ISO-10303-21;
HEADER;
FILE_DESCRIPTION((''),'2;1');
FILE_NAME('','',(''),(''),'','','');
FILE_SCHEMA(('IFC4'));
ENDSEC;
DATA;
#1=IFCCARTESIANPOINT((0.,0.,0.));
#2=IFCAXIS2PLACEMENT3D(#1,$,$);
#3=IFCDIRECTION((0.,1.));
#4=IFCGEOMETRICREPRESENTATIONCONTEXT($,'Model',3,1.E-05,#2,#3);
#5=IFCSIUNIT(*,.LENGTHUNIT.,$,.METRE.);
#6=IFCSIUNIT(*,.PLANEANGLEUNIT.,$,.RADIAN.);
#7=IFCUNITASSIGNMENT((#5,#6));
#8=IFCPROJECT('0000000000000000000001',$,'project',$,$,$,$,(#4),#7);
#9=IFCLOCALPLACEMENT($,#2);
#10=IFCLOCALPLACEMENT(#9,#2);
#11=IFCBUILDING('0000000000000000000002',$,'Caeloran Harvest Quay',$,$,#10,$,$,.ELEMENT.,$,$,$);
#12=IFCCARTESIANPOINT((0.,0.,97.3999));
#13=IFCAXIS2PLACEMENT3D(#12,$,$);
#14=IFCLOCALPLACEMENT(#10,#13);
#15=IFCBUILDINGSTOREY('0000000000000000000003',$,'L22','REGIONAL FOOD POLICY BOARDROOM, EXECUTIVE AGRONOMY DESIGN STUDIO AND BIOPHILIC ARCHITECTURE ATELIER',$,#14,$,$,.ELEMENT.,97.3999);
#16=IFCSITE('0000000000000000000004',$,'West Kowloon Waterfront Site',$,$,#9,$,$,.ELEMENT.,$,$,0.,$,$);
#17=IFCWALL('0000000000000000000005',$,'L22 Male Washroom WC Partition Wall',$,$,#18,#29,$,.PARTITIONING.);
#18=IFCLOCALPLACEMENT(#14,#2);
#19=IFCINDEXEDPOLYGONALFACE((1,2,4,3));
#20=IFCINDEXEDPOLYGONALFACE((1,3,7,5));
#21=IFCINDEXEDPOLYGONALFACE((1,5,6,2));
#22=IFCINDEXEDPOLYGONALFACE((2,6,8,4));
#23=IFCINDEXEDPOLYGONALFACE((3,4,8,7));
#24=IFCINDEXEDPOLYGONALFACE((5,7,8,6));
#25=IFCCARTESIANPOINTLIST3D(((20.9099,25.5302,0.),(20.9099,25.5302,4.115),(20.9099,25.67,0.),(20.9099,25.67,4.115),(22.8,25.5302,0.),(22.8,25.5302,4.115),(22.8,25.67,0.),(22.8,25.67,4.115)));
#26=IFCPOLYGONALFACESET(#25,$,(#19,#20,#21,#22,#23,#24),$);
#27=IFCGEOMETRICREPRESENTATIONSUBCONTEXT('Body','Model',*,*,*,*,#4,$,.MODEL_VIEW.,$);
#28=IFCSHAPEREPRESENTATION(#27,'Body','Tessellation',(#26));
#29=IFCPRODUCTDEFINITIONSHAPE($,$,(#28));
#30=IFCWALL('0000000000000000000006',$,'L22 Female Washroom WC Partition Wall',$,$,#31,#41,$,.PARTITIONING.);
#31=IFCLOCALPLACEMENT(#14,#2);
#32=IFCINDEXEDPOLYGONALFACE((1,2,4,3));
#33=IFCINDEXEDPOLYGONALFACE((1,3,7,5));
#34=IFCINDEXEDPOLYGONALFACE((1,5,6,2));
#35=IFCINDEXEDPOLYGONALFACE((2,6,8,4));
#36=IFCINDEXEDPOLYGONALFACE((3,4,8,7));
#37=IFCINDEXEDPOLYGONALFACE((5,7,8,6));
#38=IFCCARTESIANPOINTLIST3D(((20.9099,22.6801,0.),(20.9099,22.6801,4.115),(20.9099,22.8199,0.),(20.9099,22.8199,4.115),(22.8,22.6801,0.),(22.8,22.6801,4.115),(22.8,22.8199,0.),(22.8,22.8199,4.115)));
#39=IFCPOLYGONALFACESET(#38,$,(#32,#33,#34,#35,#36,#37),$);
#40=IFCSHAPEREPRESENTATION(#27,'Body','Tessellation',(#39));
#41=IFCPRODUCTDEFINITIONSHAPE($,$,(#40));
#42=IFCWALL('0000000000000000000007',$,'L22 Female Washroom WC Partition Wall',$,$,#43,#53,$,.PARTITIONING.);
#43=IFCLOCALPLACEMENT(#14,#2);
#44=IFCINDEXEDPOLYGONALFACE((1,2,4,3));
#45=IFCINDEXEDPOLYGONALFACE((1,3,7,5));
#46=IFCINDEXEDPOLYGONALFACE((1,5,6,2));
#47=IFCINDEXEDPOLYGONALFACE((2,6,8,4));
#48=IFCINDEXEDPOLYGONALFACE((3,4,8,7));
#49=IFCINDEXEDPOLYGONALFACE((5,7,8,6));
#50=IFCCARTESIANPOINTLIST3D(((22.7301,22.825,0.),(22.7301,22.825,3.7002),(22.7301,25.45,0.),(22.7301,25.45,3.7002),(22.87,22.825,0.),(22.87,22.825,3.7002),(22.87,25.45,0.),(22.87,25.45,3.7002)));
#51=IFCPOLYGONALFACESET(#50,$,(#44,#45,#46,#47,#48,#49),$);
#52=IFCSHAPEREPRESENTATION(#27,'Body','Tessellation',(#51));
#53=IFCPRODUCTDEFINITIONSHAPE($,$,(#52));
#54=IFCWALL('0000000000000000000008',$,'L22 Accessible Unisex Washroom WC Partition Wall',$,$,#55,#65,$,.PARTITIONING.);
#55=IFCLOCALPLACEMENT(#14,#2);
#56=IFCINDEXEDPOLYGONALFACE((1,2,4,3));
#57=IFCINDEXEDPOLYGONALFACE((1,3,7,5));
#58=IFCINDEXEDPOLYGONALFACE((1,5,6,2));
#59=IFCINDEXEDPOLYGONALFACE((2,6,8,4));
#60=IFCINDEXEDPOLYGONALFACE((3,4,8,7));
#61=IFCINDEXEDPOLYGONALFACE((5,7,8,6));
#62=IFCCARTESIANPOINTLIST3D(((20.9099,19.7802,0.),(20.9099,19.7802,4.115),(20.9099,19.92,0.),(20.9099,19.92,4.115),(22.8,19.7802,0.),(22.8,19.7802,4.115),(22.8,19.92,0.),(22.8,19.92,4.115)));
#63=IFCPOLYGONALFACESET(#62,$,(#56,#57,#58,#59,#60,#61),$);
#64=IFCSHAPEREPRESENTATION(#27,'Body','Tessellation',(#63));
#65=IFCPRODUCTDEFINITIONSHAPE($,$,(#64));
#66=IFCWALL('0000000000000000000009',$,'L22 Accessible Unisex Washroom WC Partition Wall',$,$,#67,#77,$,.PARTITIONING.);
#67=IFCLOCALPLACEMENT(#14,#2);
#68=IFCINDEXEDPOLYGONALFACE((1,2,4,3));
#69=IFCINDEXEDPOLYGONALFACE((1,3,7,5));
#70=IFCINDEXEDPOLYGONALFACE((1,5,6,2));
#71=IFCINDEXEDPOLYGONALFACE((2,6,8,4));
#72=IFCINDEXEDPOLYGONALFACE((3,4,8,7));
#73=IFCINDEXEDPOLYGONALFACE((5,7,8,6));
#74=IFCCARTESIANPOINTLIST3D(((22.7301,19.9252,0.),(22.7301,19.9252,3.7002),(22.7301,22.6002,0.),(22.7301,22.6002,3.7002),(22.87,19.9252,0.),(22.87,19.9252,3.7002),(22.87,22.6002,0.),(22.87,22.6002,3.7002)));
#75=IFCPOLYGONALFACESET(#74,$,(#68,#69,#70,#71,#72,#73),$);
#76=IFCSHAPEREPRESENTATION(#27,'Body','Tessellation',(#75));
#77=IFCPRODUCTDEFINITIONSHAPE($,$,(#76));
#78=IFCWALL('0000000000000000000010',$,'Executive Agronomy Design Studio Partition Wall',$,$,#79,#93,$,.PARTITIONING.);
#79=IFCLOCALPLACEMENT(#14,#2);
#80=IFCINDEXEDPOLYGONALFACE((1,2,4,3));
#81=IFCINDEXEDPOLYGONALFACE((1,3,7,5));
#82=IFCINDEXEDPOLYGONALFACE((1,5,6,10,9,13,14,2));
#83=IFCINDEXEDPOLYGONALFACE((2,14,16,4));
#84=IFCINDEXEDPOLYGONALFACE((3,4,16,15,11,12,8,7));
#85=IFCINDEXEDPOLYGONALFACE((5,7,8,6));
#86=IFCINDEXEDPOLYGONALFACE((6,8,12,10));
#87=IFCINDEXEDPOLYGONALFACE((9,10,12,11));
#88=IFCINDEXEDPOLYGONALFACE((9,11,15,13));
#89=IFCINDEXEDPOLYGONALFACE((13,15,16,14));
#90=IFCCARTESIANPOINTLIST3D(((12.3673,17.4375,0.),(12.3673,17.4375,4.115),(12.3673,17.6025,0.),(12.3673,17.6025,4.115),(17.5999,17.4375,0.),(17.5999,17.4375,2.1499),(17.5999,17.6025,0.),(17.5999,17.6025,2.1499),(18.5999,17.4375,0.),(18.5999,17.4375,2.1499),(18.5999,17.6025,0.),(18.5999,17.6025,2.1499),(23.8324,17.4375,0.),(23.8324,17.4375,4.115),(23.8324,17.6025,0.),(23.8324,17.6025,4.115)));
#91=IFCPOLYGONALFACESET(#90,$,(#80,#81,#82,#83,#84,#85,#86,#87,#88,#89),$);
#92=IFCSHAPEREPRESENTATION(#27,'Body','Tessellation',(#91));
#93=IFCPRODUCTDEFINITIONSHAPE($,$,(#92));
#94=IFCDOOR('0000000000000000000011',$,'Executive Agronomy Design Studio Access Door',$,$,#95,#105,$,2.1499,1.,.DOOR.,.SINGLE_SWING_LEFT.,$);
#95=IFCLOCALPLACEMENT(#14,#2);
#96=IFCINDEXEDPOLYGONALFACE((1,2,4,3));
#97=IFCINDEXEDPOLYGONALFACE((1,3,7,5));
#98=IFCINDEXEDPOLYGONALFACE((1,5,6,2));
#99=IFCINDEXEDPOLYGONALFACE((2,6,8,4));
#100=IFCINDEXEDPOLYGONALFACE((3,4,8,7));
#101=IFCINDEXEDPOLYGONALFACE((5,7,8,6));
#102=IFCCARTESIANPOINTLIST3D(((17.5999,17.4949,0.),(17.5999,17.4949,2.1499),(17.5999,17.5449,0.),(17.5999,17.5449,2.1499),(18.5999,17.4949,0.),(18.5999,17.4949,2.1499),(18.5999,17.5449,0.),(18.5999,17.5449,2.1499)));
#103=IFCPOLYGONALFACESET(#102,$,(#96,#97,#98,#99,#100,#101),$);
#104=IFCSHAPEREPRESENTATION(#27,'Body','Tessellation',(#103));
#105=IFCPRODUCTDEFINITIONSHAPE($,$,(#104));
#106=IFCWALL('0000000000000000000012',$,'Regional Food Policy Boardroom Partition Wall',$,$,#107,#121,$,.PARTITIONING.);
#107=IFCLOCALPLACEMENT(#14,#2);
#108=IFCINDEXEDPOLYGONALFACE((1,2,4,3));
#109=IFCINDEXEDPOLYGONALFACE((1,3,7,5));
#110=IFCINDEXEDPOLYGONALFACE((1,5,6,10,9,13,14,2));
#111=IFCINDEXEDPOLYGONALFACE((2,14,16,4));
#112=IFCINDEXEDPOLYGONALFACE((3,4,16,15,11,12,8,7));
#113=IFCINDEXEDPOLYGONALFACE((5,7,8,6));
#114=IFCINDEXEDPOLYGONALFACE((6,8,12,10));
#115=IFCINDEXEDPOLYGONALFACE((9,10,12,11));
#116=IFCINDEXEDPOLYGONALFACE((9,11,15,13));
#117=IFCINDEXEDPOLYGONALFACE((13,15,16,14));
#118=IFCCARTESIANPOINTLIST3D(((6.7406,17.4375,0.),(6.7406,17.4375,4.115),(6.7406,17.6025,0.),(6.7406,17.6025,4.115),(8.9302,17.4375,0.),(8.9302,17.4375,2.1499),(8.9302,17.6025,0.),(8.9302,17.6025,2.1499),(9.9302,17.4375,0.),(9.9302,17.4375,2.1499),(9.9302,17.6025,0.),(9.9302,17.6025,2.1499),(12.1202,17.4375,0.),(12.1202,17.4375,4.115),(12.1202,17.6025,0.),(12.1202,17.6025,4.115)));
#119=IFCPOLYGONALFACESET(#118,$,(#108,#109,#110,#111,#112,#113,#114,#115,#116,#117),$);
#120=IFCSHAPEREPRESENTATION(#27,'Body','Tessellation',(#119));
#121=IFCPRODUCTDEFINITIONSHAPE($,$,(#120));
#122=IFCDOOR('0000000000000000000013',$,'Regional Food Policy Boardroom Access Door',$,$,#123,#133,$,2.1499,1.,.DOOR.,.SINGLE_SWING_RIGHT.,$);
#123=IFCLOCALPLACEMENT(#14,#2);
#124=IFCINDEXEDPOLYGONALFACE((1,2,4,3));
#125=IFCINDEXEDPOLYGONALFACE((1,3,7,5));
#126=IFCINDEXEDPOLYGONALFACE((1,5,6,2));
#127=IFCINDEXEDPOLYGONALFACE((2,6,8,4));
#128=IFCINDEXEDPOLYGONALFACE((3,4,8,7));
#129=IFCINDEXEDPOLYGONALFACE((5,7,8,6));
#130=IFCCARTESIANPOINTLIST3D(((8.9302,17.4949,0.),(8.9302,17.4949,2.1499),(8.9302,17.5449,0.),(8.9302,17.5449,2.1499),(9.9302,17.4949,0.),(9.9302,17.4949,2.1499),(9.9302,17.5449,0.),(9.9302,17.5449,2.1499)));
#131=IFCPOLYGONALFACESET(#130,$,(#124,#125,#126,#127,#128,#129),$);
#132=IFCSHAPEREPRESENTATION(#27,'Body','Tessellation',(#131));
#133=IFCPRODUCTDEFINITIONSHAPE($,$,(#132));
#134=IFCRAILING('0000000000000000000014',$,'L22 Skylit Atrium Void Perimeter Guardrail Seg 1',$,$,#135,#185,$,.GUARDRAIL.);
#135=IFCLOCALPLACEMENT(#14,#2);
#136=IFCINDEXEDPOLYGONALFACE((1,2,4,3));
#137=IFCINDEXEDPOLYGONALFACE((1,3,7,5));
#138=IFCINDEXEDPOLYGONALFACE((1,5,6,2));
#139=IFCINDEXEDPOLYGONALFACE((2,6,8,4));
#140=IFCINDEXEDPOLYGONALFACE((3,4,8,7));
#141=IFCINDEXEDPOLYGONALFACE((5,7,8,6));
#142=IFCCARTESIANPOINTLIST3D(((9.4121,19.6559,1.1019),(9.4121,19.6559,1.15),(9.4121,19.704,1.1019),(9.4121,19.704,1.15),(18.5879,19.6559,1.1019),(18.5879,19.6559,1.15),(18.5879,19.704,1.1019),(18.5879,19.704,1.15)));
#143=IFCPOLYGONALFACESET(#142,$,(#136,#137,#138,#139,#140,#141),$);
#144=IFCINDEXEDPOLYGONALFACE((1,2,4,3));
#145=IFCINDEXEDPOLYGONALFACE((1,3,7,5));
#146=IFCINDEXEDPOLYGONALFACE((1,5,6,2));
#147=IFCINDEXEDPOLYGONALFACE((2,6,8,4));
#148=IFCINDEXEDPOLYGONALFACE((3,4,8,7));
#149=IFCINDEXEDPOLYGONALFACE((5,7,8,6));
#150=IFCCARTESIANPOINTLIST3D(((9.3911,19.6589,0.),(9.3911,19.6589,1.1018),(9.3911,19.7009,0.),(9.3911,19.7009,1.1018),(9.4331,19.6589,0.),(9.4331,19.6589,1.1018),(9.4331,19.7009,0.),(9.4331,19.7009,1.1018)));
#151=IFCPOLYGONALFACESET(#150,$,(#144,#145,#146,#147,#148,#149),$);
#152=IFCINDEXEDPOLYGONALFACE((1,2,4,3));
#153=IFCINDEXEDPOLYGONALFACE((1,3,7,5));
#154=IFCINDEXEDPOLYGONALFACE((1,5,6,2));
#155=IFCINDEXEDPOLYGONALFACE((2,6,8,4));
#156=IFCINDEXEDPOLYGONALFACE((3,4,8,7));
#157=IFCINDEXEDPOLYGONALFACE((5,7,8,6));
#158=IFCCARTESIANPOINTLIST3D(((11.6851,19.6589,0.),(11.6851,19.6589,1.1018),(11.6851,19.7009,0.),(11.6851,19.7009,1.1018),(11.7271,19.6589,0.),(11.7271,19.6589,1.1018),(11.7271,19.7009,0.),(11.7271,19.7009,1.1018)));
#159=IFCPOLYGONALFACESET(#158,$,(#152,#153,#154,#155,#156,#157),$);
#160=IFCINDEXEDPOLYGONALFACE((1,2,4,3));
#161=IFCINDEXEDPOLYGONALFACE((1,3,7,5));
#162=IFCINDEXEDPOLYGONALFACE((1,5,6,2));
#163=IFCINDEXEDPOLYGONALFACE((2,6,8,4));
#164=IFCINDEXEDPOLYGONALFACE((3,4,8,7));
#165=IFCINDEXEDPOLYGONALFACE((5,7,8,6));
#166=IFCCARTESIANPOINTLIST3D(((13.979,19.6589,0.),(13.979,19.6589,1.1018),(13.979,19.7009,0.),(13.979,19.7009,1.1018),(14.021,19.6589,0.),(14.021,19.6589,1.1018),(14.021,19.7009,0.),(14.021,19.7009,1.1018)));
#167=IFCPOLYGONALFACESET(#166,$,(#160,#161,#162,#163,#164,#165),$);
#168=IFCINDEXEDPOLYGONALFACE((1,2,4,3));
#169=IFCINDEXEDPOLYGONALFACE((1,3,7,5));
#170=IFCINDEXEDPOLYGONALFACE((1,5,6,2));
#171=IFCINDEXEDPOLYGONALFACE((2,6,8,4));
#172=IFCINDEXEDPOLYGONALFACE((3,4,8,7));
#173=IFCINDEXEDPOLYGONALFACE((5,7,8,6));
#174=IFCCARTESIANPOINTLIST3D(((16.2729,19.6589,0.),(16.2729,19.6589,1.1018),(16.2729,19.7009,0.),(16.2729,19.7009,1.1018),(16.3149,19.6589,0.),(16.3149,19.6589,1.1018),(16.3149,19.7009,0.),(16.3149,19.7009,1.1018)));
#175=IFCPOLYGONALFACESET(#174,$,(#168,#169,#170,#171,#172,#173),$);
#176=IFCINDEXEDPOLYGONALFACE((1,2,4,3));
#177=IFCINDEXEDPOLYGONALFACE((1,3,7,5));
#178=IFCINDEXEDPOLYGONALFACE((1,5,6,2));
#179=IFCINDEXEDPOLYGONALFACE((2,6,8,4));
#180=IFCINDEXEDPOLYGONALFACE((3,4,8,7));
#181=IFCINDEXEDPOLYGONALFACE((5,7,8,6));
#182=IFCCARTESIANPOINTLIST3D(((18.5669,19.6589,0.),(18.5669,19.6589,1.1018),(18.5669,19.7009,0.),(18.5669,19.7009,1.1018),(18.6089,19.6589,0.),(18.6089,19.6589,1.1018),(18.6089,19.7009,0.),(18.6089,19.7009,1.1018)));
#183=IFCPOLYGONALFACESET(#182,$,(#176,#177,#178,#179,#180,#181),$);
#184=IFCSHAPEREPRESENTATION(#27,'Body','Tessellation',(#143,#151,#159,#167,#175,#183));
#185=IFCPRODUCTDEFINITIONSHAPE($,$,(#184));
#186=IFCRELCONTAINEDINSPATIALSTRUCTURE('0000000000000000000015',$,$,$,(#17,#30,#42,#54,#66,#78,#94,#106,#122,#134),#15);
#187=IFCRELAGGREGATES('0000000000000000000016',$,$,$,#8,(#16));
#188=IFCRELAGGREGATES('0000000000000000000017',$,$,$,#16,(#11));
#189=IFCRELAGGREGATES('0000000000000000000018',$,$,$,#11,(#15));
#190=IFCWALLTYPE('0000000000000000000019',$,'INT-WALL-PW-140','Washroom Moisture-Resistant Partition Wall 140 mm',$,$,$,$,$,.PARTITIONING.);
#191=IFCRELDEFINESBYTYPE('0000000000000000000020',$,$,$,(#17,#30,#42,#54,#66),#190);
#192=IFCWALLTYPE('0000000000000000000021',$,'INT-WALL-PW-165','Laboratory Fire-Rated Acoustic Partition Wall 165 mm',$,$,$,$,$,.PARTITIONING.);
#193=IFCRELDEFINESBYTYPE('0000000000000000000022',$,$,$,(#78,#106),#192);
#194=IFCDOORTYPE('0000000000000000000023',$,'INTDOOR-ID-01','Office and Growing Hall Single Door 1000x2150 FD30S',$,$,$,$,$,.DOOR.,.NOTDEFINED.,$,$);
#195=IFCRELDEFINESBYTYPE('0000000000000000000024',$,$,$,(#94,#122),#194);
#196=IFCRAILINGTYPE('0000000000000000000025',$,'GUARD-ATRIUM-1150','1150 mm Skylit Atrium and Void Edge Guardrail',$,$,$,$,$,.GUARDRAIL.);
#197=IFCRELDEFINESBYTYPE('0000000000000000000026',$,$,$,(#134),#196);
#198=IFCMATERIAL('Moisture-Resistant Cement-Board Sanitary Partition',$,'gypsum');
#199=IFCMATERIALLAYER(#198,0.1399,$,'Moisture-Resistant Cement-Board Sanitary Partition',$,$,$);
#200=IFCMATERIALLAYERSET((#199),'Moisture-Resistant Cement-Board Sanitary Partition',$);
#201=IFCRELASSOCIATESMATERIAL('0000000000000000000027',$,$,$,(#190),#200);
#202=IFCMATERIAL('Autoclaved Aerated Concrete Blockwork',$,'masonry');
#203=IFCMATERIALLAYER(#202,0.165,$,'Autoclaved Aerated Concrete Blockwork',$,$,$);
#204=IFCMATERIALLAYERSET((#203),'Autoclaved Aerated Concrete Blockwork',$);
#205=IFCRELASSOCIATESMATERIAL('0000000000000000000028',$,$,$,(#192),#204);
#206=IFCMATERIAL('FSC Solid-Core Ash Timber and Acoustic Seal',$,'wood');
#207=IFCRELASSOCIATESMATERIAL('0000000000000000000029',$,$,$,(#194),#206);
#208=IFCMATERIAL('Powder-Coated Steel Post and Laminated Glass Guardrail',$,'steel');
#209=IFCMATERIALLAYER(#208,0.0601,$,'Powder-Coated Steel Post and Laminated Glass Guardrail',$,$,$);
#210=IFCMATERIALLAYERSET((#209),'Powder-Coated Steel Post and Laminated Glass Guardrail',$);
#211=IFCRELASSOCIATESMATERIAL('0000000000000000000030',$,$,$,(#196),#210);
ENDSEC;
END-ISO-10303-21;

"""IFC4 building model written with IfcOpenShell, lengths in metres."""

from ifc_helpers import new_model, si_unit, direction, frame, frame_2d, origin, origin_2d, place, context, subcontext, project, spatial, rectangle, extrude, material, layer, layer_set, type_object, element, fill, save


model = new_model("IFC4")

# Units and contexts
model_context = context("Model", 3, precision=1e-05, world=origin(), true_north=direction((0.0, 1.0)))
body_context = subcontext(model_context, "Body", "Model", "MODEL_VIEW")
ifc_project = project(units=[si_unit("LENGTHUNIT", "METRE"), si_unit("PLANEANGLEUNIT", "RADIAN")], contexts=[model_context])

# Site, building, storey
site_placement = place(None, origin())
site = spatial("IfcSite", under=ifc_project, at=site_placement, Name="West Kowloon Waterfront Site", CompositionType="ELEMENT", RefElevation=0.0)
building_placement = place(site_placement, origin())
building = spatial("IfcBuilding", under=site, at=building_placement, Name="Caeloran Harvest Quay", CompositionType="ELEMENT")
storey_placement = place(building_placement, frame((0.0, 0.0, 97.3999)))
storey = spatial("IfcBuildingStorey", under=building, at=storey_placement, Name="L22", Description="REGIONAL FOOD POLICY BOARDROOM, EXECUTIVE AGRONOMY DESIGN STUDIO AND BIOPHILIC ARCHITECTURE ATELIER", CompositionType="ELEMENT", Elevation=97.3999)

# Wall
ifc_material_1 = material(Name="Moisture-Resistant Cement-Board Sanitary Partition", Category="gypsum")
ifc_layer_1 = layer(ifc_material_1, 0.1399, Name="Moisture-Resistant Cement-Board Sanitary Partition")
ifc_layer_set_1 = layer_set([ifc_layer_1], Name="Moisture-Resistant Cement-Board Sanitary Partition")
wall_type_1 = type_object("IfcWallType", Name="INT-WALL-PW-140", Description="Washroom Moisture-Resistant Partition Wall 140 mm", PredefinedType="PARTITIONING", material=ifc_layer_set_1)
wall_1_placement = place(storey_placement, frame((22.8, 25.6001, 0.0), z_axis=(0.0, 0.0, 1.0), x_axis=(-1.0, 0.0, 0.0)))
element("IfcWall", 1, at=wall_1_placement, inside=storey, type_object=wall_type_1, Name="L22 Male Washroom WC Partition Wall", PredefinedType="PARTITIONING", context=body_context, shape_type="SweptSolid", body=[
    extrude(rectangle(XDim=1.8901, YDim=0.1399, at=frame_2d((0.9451, 0.0))), origin(), (0.0, 0.0, 1.0), 4.115),
])

# Wall
wall_2_placement = place(storey_placement, frame((22.8, 22.75, 0.0), z_axis=(0.0, 0.0, 1.0), x_axis=(-1.0, 0.0, 0.0)))
element("IfcWall", 2, at=wall_2_placement, inside=storey, type_object=wall_type_1, Name="L22 Female Washroom WC Partition Wall", PredefinedType="PARTITIONING", context=body_context, shape_type="SweptSolid", body=[
    extrude(rectangle(XDim=1.8901, YDim=0.1399, at=frame_2d((0.9451, 0.0))), origin(), (0.0, 0.0, 1.0), 4.115),
])

# Walls
wall_3_placement = place(storey_placement, frame((22.8, 25.45, 0.0), z_axis=(0.0, 0.0, 1.0), x_axis=(0.0, -1.0, 0.0)))
element("IfcWall", 3, at=wall_3_placement, inside=storey, type_object=wall_type_1, Name="L22 Female Washroom WC Partition Wall", PredefinedType="PARTITIONING", context=body_context, shape_type="SweptSolid", body=[
    extrude(rectangle(XDim=2.625, YDim=0.1399, at=frame_2d((1.3125, 0.0))), origin(), (0.0, 0.0, 1.0), 3.7002),
])
wall_4_placement = place(storey_placement, frame((22.8, 19.8501, 0.0), z_axis=(0.0, 0.0, 1.0), x_axis=(-1.0, 0.0, 0.0)))
element("IfcWall", 4, at=wall_4_placement, inside=storey, type_object=wall_type_1, Name="L22 Accessible Unisex Washroom WC Partition Wall", PredefinedType="PARTITIONING", context=body_context, shape_type="SweptSolid", body=[
    extrude(rectangle(XDim=1.8901, YDim=0.1399, at=frame_2d((0.9451, 0.0))), origin(), (0.0, 0.0, 1.0), 4.115),
])

# Wall
wall_5_placement = place(storey_placement, frame((22.8, 22.6001, 0.0), z_axis=(0.0, 0.0, 1.0), x_axis=(0.0, -1.0, 0.0)))
element("IfcWall", 5, at=wall_5_placement, inside=storey, type_object=wall_type_1, Name="L22 Accessible Unisex Washroom WC Partition Wall", PredefinedType="PARTITIONING", context=body_context, shape_type="SweptSolid", body=[
    extrude(rectangle(XDim=2.675, YDim=0.1399, at=frame_2d((1.3374, 0.0))), origin(), (0.0, 0.0, 1.0), 3.7002),
])

# Walls, openings, doors
ifc_material_2 = material(Name="Autoclaved Aerated Concrete Blockwork", Category="masonry")
ifc_layer_2 = layer(ifc_material_2, 0.165, Name="Autoclaved Aerated Concrete Blockwork")
ifc_layer_set_2 = layer_set([ifc_layer_2], Name="Autoclaved Aerated Concrete Blockwork")
wall_type_2 = type_object("IfcWallType", Name="INT-WALL-PW-165", Description="Laboratory Fire-Rated Acoustic Partition Wall 165 mm", PredefinedType="PARTITIONING", material=ifc_layer_set_2)
wall_6_placement = place(storey_placement, frame((12.3674, 17.52, 0.0), z_axis=(0.0, 0.0, 1.0), x_axis=(1.0, 0.0, 0.0)))
wall_6 = element("IfcWall", 6, at=wall_6_placement, inside=storey, type_object=wall_type_2, Name="Executive Agronomy Design Studio Partition Wall", PredefinedType="PARTITIONING", context=body_context, shape_type="SweptSolid", body=[
    extrude(rectangle(XDim=11.4651, YDim=0.165, at=frame_2d((5.7324, 0.0))), origin(), (0.0, 0.0, 1.0), 4.115),
])
opening_1_placement = place(wall_6_placement, frame((5.2324, 0.0, 0.0)))
opening_1 = element("IfcOpeningElement", 7, at=opening_1_placement, cuts=wall_6, PredefinedType="OPENING", context=body_context, shape_type="SweptSolid", body=[
    extrude(rectangle(XDim=1.0, YDim=2.1499, at=frame_2d((0.5, 1.075))), frame((0.0, 0.0925, 0.0), z_axis=(0.0, -1.0, 0.0), x_axis=(1.0, 0.0, 0.0)), (0.0, 0.0, 1.0), 0.1851),
])
ifc_material_3 = material(Name="FSC Solid-Core Ash Timber and Acoustic Seal", Category="wood")
door_type_1 = type_object("IfcDoorType", Name="INTDOOR-ID-01", Description="Office and Growing Hall Single Door 1000x2150 FD30S", OperationType="NOTDEFINED", PredefinedType="DOOR", material=ifc_material_3)
door_1_placement = place(opening_1_placement, origin())
door_1 = element("IfcDoor", 8, at=door_1_placement, inside=storey, type_object=door_type_1, Name="Executive Agronomy Design Studio Access Door", OperationType="SINGLE_SWING_LEFT", OverallHeight=2.1499, OverallWidth=1.0, PredefinedType="DOOR", context=body_context, shape_type="SweptSolid", body=[
    extrude(rectangle(XDim=1.0, YDim=2.1499, at=frame_2d((0.5, 1.075))), frame((0.0, 0.0249, 0.0), z_axis=(0.0, -1.0, 0.0), x_axis=(1.0, 0.0, 0.0)), (0.0, 0.0, 1.0), 0.05),
])
fill(opening_1, door_1)
wall_7_placement = place(storey_placement, frame((6.7405, 17.52, 0.0), z_axis=(0.0, 0.0, 1.0), x_axis=(1.0, 0.0, 0.0)))
wall_7 = element("IfcWall", 9, at=wall_7_placement, inside=storey, type_object=wall_type_2, Name="Regional Food Policy Boardroom Partition Wall", PredefinedType="PARTITIONING", context=body_context, shape_type="SweptSolid", body=[
    extrude(rectangle(XDim=5.3796, YDim=0.165, at=frame_2d((2.6899, 0.0))), origin(), (0.0, 0.0, 1.0), 4.115),
])
opening_2_placement = place(wall_7_placement, frame((2.1897, 0.0, 0.0)))
opening_2 = element("IfcOpeningElement", 10, at=opening_2_placement, cuts=wall_7, PredefinedType="OPENING", context=body_context, shape_type="SweptSolid", body=[
    extrude(rectangle(XDim=1.0, YDim=2.1499, at=frame_2d((0.5, 1.075))), frame((0.0, 0.0925, 0.0), z_axis=(0.0, -1.0, 0.0), x_axis=(1.0, 0.0, 0.0)), (0.0, 0.0, 1.0), 0.1851),
])
door_2_placement = place(opening_2_placement, origin())
door_2 = element("IfcDoor", 11, at=door_2_placement, inside=storey, type_object=door_type_1, Name="Regional Food Policy Boardroom Access Door", OperationType="SINGLE_SWING_RIGHT", OverallHeight=2.1499, OverallWidth=1.0, PredefinedType="DOOR", context=body_context, shape_type="SweptSolid", body=[
    extrude(rectangle(XDim=1.0, YDim=2.1499, at=frame_2d((0.5, 1.075))), frame((0.0, 0.0249, 0.0), z_axis=(0.0, -1.0, 0.0), x_axis=(1.0, 0.0, 0.0)), (0.0, 0.0, 1.0), 0.05),
])
fill(opening_2, door_2)

# Railing
ifc_material_4 = material(Name="Powder-Coated Steel Post and Laminated Glass Guardrail", Category="steel")
ifc_layer_3 = layer(ifc_material_4, 0.0601, Name="Powder-Coated Steel Post and Laminated Glass Guardrail")
ifc_layer_set_3 = layer_set([ifc_layer_3], Name="Powder-Coated Steel Post and Laminated Glass Guardrail")
railing_type = type_object("IfcRailingType", Name="GUARD-ATRIUM-1150", Description="1150 mm Skylit Atrium and Void Edge Guardrail", PredefinedType="GUARDRAIL", material=ifc_layer_set_3)
railing_1_placement = place(storey_placement, frame((9.4121, 19.6799, 0.0)))
element("IfcRailing", 12, at=railing_1_placement, inside=storey, type_object=railing_type, Name="L22 Skylit Atrium Void Perimeter Guardrail Seg 1", PredefinedType="GUARDRAIL", context=body_context, shape_type="SweptSolid", body=[
    extrude(rectangle(XDim=0.0481, YDim=0.0481, at=origin_2d()), frame((0.0, 0.0, 1.126), z_axis=(1.0, 0.0, 0.0), x_axis=(0.0, 1.0, 0.0)), (0.0, 0.0, 1.0), 9.1758),
    extrude(rectangle(XDim=0.042, YDim=0.042, at=origin_2d()), origin(), (0.0, 0.0, 1.0), 1.1018),
    extrude(rectangle(XDim=0.042, YDim=0.042, at=origin_2d()), frame((2.2939, 0.0, 0.0)), (0.0, 0.0, 1.0), 1.1018),
    extrude(rectangle(XDim=0.042, YDim=0.042, at=origin_2d()), frame((4.5879, 0.0, 0.0)), (0.0, 0.0, 1.0), 1.1018),
    extrude(rectangle(XDim=0.042, YDim=0.042, at=origin_2d()), frame((6.8818, 0.0, 0.0)), (0.0, 0.0, 1.0), 1.1018),
    extrude(rectangle(XDim=0.042, YDim=0.042, at=origin_2d()), frame((9.1758, 0.0, 0.0)), (0.0, 0.0, 1.0), 1.1018),
])

save(model, "model.ifc")
